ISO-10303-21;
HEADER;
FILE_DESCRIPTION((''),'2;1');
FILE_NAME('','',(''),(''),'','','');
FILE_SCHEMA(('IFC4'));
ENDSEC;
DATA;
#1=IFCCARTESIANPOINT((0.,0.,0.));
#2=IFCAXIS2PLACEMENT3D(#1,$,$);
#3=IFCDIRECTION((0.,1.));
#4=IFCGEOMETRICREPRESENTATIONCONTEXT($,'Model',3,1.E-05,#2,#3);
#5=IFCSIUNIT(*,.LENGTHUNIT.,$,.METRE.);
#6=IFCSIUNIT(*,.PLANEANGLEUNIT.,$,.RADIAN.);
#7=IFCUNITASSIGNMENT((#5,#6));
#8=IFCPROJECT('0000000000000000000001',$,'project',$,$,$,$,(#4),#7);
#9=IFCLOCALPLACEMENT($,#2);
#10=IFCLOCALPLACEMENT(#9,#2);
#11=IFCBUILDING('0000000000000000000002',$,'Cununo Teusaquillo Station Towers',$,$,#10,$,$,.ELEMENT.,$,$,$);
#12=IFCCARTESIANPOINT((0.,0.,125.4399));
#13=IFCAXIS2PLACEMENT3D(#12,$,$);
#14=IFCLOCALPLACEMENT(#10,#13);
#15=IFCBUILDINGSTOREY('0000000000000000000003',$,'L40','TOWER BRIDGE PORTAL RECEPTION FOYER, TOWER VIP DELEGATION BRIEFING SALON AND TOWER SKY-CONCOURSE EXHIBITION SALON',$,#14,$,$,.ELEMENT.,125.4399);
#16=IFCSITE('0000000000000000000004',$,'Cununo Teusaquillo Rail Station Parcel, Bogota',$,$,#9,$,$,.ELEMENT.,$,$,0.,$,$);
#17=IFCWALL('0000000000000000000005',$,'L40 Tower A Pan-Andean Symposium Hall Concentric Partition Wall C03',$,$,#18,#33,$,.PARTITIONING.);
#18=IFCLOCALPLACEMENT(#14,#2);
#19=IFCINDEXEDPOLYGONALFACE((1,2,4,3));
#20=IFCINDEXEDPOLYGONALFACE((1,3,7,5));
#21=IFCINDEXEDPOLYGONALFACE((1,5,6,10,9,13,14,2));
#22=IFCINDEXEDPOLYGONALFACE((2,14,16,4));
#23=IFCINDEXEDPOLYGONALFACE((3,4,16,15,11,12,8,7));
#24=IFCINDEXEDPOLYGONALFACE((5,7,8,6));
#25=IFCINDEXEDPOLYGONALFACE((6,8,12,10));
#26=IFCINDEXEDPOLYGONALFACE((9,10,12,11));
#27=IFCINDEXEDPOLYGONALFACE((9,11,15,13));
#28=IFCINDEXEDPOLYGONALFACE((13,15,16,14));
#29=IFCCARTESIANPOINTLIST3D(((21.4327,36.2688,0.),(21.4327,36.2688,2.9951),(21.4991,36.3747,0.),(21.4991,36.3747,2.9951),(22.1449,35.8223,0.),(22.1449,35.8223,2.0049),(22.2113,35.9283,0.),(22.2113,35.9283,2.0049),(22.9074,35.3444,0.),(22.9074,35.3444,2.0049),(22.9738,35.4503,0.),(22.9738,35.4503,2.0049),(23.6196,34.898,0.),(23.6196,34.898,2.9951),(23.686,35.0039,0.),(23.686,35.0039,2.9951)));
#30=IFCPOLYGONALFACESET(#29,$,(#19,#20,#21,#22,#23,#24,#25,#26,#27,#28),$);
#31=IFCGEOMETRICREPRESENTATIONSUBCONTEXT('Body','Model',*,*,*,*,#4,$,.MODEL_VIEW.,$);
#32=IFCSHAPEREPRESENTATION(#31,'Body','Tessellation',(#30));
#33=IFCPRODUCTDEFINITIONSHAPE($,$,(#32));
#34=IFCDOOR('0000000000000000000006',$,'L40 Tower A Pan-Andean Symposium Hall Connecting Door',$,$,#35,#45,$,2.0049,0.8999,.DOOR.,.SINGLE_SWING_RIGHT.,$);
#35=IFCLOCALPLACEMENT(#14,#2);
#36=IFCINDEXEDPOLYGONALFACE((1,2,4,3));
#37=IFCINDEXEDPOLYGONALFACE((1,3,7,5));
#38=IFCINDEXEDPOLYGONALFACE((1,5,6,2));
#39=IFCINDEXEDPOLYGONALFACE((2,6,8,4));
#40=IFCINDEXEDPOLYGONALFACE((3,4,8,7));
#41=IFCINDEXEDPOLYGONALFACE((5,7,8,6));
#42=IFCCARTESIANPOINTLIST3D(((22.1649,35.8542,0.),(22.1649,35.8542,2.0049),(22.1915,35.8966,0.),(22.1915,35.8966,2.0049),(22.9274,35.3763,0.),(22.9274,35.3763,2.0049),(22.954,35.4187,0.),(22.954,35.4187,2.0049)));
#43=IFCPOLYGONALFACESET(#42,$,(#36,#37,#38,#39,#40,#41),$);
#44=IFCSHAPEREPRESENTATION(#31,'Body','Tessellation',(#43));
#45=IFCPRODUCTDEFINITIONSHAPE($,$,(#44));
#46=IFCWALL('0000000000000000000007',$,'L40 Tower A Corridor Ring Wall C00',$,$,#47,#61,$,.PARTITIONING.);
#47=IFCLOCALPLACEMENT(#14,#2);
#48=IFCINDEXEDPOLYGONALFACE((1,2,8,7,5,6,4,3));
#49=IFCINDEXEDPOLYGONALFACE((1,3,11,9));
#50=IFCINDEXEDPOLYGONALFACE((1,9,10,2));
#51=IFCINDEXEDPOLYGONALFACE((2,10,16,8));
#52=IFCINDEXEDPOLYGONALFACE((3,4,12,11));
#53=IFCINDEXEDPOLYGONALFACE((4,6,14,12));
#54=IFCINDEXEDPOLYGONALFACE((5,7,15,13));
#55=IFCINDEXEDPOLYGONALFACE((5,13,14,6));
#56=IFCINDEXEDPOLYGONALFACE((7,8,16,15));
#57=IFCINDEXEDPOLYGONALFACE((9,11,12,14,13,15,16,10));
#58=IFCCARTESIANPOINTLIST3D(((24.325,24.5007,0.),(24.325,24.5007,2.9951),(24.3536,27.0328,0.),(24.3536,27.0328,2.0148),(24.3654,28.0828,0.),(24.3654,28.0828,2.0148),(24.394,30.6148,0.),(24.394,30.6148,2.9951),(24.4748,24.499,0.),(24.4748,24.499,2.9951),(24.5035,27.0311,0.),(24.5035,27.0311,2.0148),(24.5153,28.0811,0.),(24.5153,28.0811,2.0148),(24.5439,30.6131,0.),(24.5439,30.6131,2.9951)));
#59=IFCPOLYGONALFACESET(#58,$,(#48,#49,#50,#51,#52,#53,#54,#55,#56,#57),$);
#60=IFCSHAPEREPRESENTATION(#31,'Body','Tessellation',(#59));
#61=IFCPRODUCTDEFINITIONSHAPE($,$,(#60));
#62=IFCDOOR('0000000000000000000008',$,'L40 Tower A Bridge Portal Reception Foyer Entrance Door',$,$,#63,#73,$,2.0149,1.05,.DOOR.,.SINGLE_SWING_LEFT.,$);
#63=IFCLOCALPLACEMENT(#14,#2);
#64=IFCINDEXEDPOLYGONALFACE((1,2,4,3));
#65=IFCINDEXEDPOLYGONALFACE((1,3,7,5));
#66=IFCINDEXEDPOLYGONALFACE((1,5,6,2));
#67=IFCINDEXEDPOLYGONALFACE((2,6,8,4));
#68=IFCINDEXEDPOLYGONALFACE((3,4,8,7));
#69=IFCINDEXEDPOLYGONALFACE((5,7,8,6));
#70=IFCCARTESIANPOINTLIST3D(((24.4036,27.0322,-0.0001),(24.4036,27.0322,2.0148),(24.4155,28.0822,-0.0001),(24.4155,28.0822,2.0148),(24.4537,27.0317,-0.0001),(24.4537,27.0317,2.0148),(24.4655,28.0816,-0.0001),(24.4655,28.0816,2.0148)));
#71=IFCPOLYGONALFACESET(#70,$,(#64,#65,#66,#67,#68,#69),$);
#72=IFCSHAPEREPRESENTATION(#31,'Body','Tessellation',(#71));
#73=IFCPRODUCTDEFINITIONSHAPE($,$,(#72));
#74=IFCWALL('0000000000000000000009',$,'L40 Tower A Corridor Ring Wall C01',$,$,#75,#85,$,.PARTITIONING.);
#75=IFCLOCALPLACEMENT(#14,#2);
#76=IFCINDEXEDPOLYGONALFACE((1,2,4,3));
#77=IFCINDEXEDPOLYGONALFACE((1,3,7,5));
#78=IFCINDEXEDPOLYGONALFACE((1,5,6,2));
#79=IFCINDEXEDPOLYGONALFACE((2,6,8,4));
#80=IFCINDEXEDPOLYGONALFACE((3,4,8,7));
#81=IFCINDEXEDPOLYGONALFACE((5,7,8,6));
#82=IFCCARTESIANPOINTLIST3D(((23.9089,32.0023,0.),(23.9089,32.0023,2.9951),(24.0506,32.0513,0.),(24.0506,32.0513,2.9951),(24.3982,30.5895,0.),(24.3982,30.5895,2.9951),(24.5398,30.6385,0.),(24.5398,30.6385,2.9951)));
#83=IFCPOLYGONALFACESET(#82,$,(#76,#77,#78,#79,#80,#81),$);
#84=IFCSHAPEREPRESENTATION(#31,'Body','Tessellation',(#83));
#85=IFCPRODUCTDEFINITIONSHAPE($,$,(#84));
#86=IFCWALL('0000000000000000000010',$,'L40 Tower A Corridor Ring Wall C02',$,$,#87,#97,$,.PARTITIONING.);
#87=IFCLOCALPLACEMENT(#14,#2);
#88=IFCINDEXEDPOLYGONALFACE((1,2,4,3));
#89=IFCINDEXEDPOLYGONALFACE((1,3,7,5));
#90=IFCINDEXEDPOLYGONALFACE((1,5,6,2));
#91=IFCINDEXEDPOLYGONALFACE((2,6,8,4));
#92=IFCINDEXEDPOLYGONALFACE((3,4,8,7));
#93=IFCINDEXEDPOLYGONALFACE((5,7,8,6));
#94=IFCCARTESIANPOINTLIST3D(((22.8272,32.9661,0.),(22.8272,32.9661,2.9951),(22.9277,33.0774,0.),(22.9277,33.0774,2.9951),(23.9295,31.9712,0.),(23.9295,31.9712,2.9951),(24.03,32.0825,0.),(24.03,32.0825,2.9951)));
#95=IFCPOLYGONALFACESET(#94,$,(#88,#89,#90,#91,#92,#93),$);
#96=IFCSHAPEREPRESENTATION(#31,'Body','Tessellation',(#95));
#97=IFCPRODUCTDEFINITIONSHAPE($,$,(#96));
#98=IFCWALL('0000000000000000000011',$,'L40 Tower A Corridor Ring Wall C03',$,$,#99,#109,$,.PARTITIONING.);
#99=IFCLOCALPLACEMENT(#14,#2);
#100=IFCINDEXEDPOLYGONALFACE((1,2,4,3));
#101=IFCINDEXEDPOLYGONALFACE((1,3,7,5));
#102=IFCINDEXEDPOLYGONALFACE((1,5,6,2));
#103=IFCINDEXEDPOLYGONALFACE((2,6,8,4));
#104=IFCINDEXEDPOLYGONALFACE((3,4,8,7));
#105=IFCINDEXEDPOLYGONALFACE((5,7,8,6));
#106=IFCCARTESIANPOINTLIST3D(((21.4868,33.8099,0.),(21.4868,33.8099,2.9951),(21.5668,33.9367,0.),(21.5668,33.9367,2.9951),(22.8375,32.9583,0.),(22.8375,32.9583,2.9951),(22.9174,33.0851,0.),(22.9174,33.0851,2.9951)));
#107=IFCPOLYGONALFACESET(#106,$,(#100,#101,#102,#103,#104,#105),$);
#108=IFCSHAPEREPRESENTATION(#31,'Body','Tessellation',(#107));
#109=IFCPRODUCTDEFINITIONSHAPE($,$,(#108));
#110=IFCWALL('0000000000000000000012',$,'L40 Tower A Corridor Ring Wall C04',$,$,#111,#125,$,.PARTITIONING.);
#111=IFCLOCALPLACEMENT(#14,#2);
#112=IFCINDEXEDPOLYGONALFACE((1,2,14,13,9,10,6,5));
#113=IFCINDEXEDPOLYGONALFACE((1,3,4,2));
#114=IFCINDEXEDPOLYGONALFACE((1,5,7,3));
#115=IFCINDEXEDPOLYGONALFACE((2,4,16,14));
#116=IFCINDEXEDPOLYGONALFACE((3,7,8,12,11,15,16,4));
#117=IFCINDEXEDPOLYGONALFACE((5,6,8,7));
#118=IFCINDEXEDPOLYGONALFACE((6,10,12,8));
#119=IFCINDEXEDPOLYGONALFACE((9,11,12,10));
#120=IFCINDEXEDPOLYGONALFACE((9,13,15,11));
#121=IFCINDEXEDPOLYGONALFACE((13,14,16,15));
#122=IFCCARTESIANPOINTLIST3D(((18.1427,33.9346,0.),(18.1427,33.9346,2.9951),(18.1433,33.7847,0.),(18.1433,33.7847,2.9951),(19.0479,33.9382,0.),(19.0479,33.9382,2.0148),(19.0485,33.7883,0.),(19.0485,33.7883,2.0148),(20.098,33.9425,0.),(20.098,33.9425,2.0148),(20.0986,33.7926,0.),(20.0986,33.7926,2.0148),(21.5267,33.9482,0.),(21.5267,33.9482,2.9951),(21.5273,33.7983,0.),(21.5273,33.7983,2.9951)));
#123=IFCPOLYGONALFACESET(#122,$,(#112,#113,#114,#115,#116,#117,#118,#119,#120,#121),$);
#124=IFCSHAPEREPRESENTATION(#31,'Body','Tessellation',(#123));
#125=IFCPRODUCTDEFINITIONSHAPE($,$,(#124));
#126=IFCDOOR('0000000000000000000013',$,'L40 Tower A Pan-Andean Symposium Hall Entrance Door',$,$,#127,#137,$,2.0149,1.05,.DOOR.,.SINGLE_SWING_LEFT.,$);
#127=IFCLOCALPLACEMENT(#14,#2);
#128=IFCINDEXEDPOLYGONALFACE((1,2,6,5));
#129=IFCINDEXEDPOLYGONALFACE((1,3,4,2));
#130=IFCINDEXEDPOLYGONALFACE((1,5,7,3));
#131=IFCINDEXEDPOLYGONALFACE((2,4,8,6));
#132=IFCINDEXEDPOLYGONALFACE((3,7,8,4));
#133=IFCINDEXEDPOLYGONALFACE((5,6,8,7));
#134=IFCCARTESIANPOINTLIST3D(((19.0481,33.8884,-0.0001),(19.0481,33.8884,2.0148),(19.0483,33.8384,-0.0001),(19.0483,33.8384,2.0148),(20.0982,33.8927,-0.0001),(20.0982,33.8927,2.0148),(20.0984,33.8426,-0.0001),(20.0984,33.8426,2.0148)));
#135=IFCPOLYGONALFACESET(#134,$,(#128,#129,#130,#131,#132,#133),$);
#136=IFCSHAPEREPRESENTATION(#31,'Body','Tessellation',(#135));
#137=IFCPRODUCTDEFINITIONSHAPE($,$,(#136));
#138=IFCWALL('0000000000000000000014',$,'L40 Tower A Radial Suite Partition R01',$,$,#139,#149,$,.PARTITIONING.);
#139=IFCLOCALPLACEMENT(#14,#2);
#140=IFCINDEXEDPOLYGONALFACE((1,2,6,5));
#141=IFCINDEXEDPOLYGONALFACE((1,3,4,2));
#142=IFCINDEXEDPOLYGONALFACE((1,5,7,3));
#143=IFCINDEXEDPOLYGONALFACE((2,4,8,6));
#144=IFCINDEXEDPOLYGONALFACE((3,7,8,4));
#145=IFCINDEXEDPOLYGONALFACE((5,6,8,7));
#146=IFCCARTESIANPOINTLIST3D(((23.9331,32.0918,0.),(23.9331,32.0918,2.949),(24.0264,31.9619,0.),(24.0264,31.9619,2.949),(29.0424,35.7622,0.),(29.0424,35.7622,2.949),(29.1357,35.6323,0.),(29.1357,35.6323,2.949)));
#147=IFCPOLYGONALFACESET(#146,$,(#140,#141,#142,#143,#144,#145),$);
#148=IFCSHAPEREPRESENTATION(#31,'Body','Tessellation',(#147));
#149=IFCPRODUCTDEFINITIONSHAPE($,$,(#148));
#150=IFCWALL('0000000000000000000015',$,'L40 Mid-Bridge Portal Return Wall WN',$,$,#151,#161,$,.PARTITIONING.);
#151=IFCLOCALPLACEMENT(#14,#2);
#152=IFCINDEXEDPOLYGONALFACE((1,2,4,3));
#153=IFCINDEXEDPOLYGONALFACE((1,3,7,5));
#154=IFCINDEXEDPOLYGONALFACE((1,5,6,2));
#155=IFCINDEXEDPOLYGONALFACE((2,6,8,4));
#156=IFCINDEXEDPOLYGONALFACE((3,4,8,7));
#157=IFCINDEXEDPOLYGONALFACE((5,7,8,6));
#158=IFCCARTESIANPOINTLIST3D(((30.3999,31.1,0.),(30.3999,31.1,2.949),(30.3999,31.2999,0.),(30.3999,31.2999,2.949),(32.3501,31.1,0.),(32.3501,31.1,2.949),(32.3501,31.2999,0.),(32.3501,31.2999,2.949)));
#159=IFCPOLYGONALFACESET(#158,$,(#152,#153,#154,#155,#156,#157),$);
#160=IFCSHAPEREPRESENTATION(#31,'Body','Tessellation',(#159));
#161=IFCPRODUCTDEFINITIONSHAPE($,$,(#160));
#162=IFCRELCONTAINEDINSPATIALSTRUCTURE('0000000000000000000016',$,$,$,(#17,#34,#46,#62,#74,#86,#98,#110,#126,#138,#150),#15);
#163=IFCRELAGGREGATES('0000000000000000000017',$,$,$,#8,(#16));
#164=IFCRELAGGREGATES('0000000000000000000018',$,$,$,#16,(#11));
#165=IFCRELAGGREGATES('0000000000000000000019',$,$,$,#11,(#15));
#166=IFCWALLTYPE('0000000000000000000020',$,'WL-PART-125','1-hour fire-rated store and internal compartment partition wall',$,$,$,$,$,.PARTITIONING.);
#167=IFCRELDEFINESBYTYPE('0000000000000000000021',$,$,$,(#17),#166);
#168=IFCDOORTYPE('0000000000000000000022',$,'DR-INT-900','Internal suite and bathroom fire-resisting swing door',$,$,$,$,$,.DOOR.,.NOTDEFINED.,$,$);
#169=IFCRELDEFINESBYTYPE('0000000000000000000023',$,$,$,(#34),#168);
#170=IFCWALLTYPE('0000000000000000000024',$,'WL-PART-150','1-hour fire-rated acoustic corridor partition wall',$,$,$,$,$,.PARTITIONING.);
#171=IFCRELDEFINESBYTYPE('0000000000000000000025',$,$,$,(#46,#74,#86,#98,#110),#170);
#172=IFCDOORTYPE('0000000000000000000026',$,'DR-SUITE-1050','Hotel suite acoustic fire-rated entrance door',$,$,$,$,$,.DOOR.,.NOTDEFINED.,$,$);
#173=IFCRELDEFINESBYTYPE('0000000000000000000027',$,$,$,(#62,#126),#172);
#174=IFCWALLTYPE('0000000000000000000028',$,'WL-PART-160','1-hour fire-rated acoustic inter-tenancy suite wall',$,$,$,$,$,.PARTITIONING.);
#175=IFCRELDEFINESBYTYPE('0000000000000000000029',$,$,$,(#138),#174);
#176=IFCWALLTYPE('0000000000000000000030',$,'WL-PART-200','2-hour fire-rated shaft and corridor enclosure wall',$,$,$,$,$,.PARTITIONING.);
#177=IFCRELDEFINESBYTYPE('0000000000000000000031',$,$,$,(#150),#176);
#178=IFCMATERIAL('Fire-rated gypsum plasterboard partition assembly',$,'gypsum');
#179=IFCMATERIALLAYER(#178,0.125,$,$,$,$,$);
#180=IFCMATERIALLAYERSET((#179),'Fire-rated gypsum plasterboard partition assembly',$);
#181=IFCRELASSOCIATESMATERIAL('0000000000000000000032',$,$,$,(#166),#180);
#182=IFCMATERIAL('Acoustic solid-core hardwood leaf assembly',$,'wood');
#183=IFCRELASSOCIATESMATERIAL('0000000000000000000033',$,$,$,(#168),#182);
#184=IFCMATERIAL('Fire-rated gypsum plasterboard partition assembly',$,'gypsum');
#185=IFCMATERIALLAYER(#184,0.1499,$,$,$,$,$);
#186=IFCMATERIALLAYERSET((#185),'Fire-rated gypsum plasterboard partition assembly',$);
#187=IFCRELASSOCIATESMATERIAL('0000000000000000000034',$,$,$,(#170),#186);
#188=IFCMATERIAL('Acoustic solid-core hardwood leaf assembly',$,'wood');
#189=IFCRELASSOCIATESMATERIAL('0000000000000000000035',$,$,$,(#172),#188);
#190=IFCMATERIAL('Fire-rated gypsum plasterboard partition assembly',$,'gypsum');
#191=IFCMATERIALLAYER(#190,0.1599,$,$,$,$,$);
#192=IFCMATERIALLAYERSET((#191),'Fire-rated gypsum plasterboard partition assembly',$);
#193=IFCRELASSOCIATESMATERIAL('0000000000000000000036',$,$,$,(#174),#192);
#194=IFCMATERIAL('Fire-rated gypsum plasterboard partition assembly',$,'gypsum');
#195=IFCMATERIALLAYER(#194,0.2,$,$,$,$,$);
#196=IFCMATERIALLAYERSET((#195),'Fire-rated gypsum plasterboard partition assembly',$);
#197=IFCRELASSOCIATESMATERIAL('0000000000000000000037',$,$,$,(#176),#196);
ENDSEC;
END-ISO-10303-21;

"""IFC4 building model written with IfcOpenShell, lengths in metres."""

from ifc_helpers import new_model, si_unit, direction, frame, frame_2d, origin, place, context, subcontext, project, spatial, rectangle, extrude, source, transform, mapped, material, layer, layer_set, type_object, element, fill, save


model = new_model("IFC4")

# Units and contexts
model_context = context("Model", 3, precision=1e-05, world=origin(), true_north=direction((0.0, 1.0)))
body_context = subcontext(model_context, "Body", "Model", "MODEL_VIEW")
ifc_project = project(units=[si_unit("LENGTHUNIT", "METRE"), si_unit("PLANEANGLEUNIT", "RADIAN")], contexts=[model_context])

# Site, building, storey
site_placement = place(None, origin())
site = spatial("IfcSite", under=ifc_project, at=site_placement, Name="Cununo Teusaquillo Rail Station Parcel, Bogota", CompositionType="ELEMENT", RefElevation=0.0)
building_placement = place(site_placement, origin())
building = spatial("IfcBuilding", under=site, at=building_placement, Name="Cununo Teusaquillo Station Towers", CompositionType="ELEMENT")
storey_placement = place(building_placement, frame((0.0, 0.0, 125.4399)))
storey = spatial("IfcBuildingStorey", under=building, at=storey_placement, Name="L40", Description="TOWER BRIDGE PORTAL RECEPTION FOYER, TOWER VIP DELEGATION BRIEFING SALON AND TOWER SKY-CONCOURSE EXHIBITION SALON", CompositionType="ELEMENT", Elevation=125.4399)

# Shared definitions
ifc_material_1 = material(Name="Fire-rated gypsum plasterboard partition assembly", Category="gypsum")
ifc_layer_1 = layer(ifc_material_1, 0.125)
ifc_layer_set_1 = layer_set([ifc_layer_1], Name="Fire-rated gypsum plasterboard partition assembly")
wall_type_1 = type_object("IfcWallType", Name="WL-PART-125", Description="1-hour fire-rated store and internal compartment partition wall", PredefinedType="PARTITIONING", material=ifc_layer_set_1)

# Walls, openings, doors
wall_1_placement = place(storey_placement, frame((23.6528, 34.9509, 0.0), z_axis=(0.0, 0.0, 1.0), x_axis=(-0.847307, 0.531104, 0.0)))
wall_1 = element("IfcWall", 1, at=wall_1_placement, inside=storey, type_object=wall_type_1, Name="L40 Tower A Pan-Andean Symposium Hall Concentric Partition Wall C03", PredefinedType="PARTITIONING", context=body_context, shape_type="SweptSolid", body=[
    extrude(rectangle(XDim=2.5811, YDim=0.125, at=frame_2d((1.2905, 0.0))), origin(), (0.0, 0.0, 1.0), 2.9951),
])
shared_shape_1 = source(origin(), body_context, "Body", "SweptSolid", [
    extrude(rectangle(XDim=0.8999, YDim=2.0049, at=frame_2d((0.45, 1.0024))), frame((0.0, 0.0725, 0.0), z_axis=(0.0, -1.0, 0.0), x_axis=(1.0, 0.0, 0.0)), (0.0, 0.0, 1.0), 0.145),
])
opening_1_placement = place(wall_1_placement, frame((0.8406, 0.0, 0.0)))
opening_1 = element("IfcOpeningElement", 2, at=opening_1_placement, cuts=wall_1, PredefinedType="OPENING", context=body_context, shape_type="MappedRepresentation", body=[
    mapped(shared_shape_1, transform((0.0, 0.0, 0.0), x_axis=(1.0, 0.0, 0.0), y_axis=(0.0, 1.0, 0.0), z_axis=(0.0, 0.0, 1.0), scale=1.0)),
])
ifc_material_2 = material(Name="Acoustic solid-core hardwood leaf assembly", Category="wood")
door_type_1 = type_object("IfcDoorType", Name="DR-INT-900", Description="Internal suite and bathroom fire-resisting swing door", OperationType="NOTDEFINED", PredefinedType="DOOR", material=ifc_material_2)
shared_shape_2 = source(origin(), body_context, "Body", "SweptSolid", [
    extrude(rectangle(XDim=0.8999, YDim=2.0049, at=frame_2d((0.45, 1.0024))), frame((0.0, 0.0249, 0.0), z_axis=(0.0, -1.0, 0.0), x_axis=(1.0, 0.0, 0.0)), (0.0, 0.0, 1.0), 0.05),
])
door_1_placement = place(opening_1_placement, origin())
door_1 = element("IfcDoor", 3, at=door_1_placement, inside=storey, type_object=door_type_1, Name="L40 Tower A Pan-Andean Symposium Hall Connecting Door", OperationType="SINGLE_SWING_RIGHT", OverallHeight=2.0049, OverallWidth=0.8999, PredefinedType="DOOR", context=body_context, shape_type="MappedRepresentation", body=[
    mapped(shared_shape_2, transform((0.0, 0.0, 0.0), x_axis=(1.0, 0.0, 0.0), y_axis=(0.0, 1.0, 0.0), z_axis=(0.0, 0.0, 1.0), scale=1.0)),
])
fill(opening_1, door_1)
ifc_material_3 = material(Name="Fire-rated gypsum plasterboard partition assembly", Category="gypsum")
ifc_layer_2 = layer(ifc_material_3, 0.1499)
ifc_layer_set_2 = layer_set([ifc_layer_2], Name="Fire-rated gypsum plasterboard partition assembly")
wall_type_2 = type_object("IfcWallType", Name="WL-PART-150", Description="1-hour fire-rated acoustic corridor partition wall", PredefinedType="PARTITIONING", material=ifc_layer_set_2)
wall_2_placement = place(storey_placement, frame((24.3999, 24.5, 0.0), z_axis=(0.0, 0.0, 1.0), x_axis=(0.0113, 0.999936, 0.0)))
wall_2 = element("IfcWall", 4, at=wall_2_placement, inside=storey, type_object=wall_type_2, Name="L40 Tower A Corridor Ring Wall C00", PredefinedType="PARTITIONING", context=body_context, shape_type="SweptSolid", body=[
    extrude(rectangle(XDim=6.1145, YDim=0.1499, at=frame_2d((3.0571, 0.0))), origin(), (0.0, 0.0, 1.0), 2.9951),
])
shared_shape_3 = source(origin(), body_context, "Body", "SweptSolid", [
    extrude(rectangle(XDim=1.05, YDim=2.0149, at=frame_2d((0.5249, 1.0073))), frame((0.0, 0.085, 0.0), z_axis=(0.0, -1.0, 0.0), x_axis=(1.0, 0.0, 0.0)), (0.0, 0.0, 1.0), 0.1699),
])
opening_2_placement = place(wall_2_placement, frame((2.5322, 0.0, 0.0)))
opening_2 = element("IfcOpeningElement", 5, at=opening_2_placement, cuts=wall_2, PredefinedType="OPENING", context=body_context, shape_type="MappedRepresentation", body=[
    mapped(shared_shape_3, transform((0.0, 0.0, 0.0), x_axis=(1.0, 0.0, 0.0), y_axis=(0.0, 1.0, 0.0), z_axis=(0.0, 0.0, 1.0), scale=1.0)),
])
ifc_material_4 = material(Name="Acoustic solid-core hardwood leaf assembly", Category="wood")
door_type_2 = type_object("IfcDoorType", Name="DR-SUITE-1050", Description="Hotel suite acoustic fire-rated entrance door", OperationType="NOTDEFINED", PredefinedType="DOOR", material=ifc_material_4)
shared_shape_4 = source(origin(), body_context, "Body", "SweptSolid", [
    extrude(rectangle(XDim=1.05, YDim=2.0149, at=frame_2d((0.5249, 1.0073))), frame((0.0, 0.0249, 0.0), z_axis=(0.0, -1.0, 0.0), x_axis=(1.0, 0.0, 0.0)), (0.0, 0.0, 1.0), 0.05),
])
door_2_placement = place(opening_2_placement, origin())
door_2 = element("IfcDoor", 6, at=door_2_placement, inside=storey, type_object=door_type_2, Name="L40 Tower A Bridge Portal Reception Foyer Entrance Door", OperationType="SINGLE_SWING_LEFT", OverallHeight=2.0149, OverallWidth=1.05, PredefinedType="DOOR", context=body_context, shape_type="MappedRepresentation", body=[
    mapped(shared_shape_4, transform((0.0, 0.0, 0.0), x_axis=(1.0, 0.0, 0.0), y_axis=(0.0, 1.0, 0.0), z_axis=(0.0, 0.0, 1.0), scale=1.0)),
])
fill(opening_2, door_2)

# Walls
wall_3_placement = place(storey_placement, frame((24.469, 30.614, 0.0), z_axis=(0.0, 0.0, 1.0), x_axis=(-0.327228, 0.944945, 0.0)))
element("IfcWall", 7, at=wall_3_placement, inside=storey, type_object=wall_type_2, Name="L40 Tower A Corridor Ring Wall C01", PredefinedType="PARTITIONING", context=body_context, shape_type="SweptSolid", body=[
    extrude(rectangle(XDim=1.4951, YDim=0.1499, at=frame_2d((0.7476, 0.0))), origin(), (0.0, 0.0, 1.0), 2.9951),
])
wall_4_placement = place(storey_placement, frame((23.9797, 32.0269, 0.0), z_axis=(0.0, 0.0, 1.0), x_axis=(-0.742353, 0.670009, 0.0)))
element("IfcWall", 8, at=wall_4_placement, inside=storey, type_object=wall_type_2, Name="L40 Tower A Corridor Ring Wall C02", PredefinedType="PARTITIONING", context=body_context, shape_type="SweptSolid", body=[
    extrude(rectangle(XDim=1.4849, YDim=0.1499, at=frame_2d((0.7424, 0.0))), origin(), (0.0, 0.0, 1.0), 2.9951),
])
wall_5_placement = place(storey_placement, frame((22.8774, 33.0217, 0.0), z_axis=(0.0, 0.0, 1.0), x_axis=(-0.845896, 0.533348, 0.0)))
element("IfcWall", 9, at=wall_5_placement, inside=storey, type_object=wall_type_2, Name="L40 Tower A Corridor Ring Wall C03", PredefinedType="PARTITIONING", context=body_context, shape_type="SweptSolid", body=[
    extrude(rectangle(XDim=1.5967, YDim=0.1499, at=frame_2d((0.7983, 0.0))), origin(), (0.0, 0.0, 1.0), 2.9951),
])

# Wall, opening, door
wall_6_placement = place(storey_placement, frame((21.5269, 33.8733, 0.0), z_axis=(0.0, 0.0, 1.0), x_axis=(-0.999992, -0.00404, 0.0)))
wall_6 = element("IfcWall", 10, at=wall_6_placement, inside=storey, type_object=wall_type_2, Name="L40 Tower A Corridor Ring Wall C04", PredefinedType="PARTITIONING", context=body_context, shape_type="SweptSolid", body=[
    extrude(rectangle(XDim=3.384, YDim=0.1499, at=frame_2d((1.6919, 0.0))), origin(), (0.0, 0.0, 1.0), 2.9951),
])
opening_3_placement = place(wall_6_placement, frame((1.4287, 0.0, 0.0)))
opening_3 = element("IfcOpeningElement", 11, at=opening_3_placement, cuts=wall_6, PredefinedType="OPENING", context=body_context, shape_type="MappedRepresentation", body=[
    mapped(shared_shape_3, transform((0.0, 0.0, 0.0), x_axis=(1.0, 0.0, 0.0), y_axis=(0.0, 1.0, 0.0), z_axis=(0.0, 0.0, 1.0), scale=1.0)),
])
door_3_placement = place(opening_3_placement, origin())
door_3 = element("IfcDoor", 12, at=door_3_placement, inside=storey, type_object=door_type_2, Name="L40 Tower A Pan-Andean Symposium Hall Entrance Door", OperationType="SINGLE_SWING_LEFT", OverallHeight=2.0149, OverallWidth=1.05, PredefinedType="DOOR", context=body_context, shape_type="MappedRepresentation", body=[
    mapped(shared_shape_4, transform((0.0, 0.0, 0.0), x_axis=(1.0, 0.0, 0.0), y_axis=(0.0, 1.0, 0.0), z_axis=(0.0, 0.0, 1.0), scale=1.0)),
])
fill(opening_3, door_3)

# Walls
ifc_material_5 = material(Name="Fire-rated gypsum plasterboard partition assembly", Category="gypsum")
ifc_layer_3 = layer(ifc_material_5, 0.1599)
ifc_layer_set_3 = layer_set([ifc_layer_3], Name="Fire-rated gypsum plasterboard partition assembly")
wall_type_3 = type_object("IfcWallType", Name="WL-PART-160", Description="1-hour fire-rated acoustic inter-tenancy suite wall", PredefinedType="PARTITIONING", material=ifc_layer_set_3)
wall_7_placement = place(storey_placement, frame((23.9797, 32.0269, 0.0), z_axis=(0.0, 0.0, 1.0), x_axis=(0.812162, 0.583431, 0.0)))
element("IfcWall", 13, at=wall_7_placement, inside=storey, type_object=wall_type_3, Name="L40 Tower A Radial Suite Partition R01", PredefinedType="PARTITIONING", context=body_context, shape_type="SweptSolid", body=[
    extrude(rectangle(XDim=6.291, YDim=0.1599, at=frame_2d((3.1455, 0.0))), origin(), (0.0, 0.0, 1.0), 2.949),
])
ifc_material_6 = material(Name="Fire-rated gypsum plasterboard partition assembly", Category="gypsum")
ifc_layer_4 = layer(ifc_material_6, 0.2)
ifc_layer_set_4 = layer_set([ifc_layer_4], Name="Fire-rated gypsum plasterboard partition assembly")
wall_type_4 = type_object("IfcWallType", Name="WL-PART-200", Description="2-hour fire-rated shaft and corridor enclosure wall", PredefinedType="PARTITIONING", material=ifc_layer_set_4)
wall_8_placement = place(storey_placement, frame((30.3999, 31.2, 0.0), z_axis=(0.0, 0.0, 1.0), x_axis=(1.0, 0.0, 0.0)))
element("IfcWall", 14, at=wall_8_placement, inside=storey, type_object=wall_type_4, Name="L40 Mid-Bridge Portal Return Wall WN", PredefinedType="PARTITIONING", context=body_context, shape_type="SweptSolid", body=[
    extrude(rectangle(XDim=1.9502, YDim=0.2, at=frame_2d((0.9751, 0.0))), origin(), (0.0, 0.0, 1.0), 2.949),
])

save(model, "model.ifc")
